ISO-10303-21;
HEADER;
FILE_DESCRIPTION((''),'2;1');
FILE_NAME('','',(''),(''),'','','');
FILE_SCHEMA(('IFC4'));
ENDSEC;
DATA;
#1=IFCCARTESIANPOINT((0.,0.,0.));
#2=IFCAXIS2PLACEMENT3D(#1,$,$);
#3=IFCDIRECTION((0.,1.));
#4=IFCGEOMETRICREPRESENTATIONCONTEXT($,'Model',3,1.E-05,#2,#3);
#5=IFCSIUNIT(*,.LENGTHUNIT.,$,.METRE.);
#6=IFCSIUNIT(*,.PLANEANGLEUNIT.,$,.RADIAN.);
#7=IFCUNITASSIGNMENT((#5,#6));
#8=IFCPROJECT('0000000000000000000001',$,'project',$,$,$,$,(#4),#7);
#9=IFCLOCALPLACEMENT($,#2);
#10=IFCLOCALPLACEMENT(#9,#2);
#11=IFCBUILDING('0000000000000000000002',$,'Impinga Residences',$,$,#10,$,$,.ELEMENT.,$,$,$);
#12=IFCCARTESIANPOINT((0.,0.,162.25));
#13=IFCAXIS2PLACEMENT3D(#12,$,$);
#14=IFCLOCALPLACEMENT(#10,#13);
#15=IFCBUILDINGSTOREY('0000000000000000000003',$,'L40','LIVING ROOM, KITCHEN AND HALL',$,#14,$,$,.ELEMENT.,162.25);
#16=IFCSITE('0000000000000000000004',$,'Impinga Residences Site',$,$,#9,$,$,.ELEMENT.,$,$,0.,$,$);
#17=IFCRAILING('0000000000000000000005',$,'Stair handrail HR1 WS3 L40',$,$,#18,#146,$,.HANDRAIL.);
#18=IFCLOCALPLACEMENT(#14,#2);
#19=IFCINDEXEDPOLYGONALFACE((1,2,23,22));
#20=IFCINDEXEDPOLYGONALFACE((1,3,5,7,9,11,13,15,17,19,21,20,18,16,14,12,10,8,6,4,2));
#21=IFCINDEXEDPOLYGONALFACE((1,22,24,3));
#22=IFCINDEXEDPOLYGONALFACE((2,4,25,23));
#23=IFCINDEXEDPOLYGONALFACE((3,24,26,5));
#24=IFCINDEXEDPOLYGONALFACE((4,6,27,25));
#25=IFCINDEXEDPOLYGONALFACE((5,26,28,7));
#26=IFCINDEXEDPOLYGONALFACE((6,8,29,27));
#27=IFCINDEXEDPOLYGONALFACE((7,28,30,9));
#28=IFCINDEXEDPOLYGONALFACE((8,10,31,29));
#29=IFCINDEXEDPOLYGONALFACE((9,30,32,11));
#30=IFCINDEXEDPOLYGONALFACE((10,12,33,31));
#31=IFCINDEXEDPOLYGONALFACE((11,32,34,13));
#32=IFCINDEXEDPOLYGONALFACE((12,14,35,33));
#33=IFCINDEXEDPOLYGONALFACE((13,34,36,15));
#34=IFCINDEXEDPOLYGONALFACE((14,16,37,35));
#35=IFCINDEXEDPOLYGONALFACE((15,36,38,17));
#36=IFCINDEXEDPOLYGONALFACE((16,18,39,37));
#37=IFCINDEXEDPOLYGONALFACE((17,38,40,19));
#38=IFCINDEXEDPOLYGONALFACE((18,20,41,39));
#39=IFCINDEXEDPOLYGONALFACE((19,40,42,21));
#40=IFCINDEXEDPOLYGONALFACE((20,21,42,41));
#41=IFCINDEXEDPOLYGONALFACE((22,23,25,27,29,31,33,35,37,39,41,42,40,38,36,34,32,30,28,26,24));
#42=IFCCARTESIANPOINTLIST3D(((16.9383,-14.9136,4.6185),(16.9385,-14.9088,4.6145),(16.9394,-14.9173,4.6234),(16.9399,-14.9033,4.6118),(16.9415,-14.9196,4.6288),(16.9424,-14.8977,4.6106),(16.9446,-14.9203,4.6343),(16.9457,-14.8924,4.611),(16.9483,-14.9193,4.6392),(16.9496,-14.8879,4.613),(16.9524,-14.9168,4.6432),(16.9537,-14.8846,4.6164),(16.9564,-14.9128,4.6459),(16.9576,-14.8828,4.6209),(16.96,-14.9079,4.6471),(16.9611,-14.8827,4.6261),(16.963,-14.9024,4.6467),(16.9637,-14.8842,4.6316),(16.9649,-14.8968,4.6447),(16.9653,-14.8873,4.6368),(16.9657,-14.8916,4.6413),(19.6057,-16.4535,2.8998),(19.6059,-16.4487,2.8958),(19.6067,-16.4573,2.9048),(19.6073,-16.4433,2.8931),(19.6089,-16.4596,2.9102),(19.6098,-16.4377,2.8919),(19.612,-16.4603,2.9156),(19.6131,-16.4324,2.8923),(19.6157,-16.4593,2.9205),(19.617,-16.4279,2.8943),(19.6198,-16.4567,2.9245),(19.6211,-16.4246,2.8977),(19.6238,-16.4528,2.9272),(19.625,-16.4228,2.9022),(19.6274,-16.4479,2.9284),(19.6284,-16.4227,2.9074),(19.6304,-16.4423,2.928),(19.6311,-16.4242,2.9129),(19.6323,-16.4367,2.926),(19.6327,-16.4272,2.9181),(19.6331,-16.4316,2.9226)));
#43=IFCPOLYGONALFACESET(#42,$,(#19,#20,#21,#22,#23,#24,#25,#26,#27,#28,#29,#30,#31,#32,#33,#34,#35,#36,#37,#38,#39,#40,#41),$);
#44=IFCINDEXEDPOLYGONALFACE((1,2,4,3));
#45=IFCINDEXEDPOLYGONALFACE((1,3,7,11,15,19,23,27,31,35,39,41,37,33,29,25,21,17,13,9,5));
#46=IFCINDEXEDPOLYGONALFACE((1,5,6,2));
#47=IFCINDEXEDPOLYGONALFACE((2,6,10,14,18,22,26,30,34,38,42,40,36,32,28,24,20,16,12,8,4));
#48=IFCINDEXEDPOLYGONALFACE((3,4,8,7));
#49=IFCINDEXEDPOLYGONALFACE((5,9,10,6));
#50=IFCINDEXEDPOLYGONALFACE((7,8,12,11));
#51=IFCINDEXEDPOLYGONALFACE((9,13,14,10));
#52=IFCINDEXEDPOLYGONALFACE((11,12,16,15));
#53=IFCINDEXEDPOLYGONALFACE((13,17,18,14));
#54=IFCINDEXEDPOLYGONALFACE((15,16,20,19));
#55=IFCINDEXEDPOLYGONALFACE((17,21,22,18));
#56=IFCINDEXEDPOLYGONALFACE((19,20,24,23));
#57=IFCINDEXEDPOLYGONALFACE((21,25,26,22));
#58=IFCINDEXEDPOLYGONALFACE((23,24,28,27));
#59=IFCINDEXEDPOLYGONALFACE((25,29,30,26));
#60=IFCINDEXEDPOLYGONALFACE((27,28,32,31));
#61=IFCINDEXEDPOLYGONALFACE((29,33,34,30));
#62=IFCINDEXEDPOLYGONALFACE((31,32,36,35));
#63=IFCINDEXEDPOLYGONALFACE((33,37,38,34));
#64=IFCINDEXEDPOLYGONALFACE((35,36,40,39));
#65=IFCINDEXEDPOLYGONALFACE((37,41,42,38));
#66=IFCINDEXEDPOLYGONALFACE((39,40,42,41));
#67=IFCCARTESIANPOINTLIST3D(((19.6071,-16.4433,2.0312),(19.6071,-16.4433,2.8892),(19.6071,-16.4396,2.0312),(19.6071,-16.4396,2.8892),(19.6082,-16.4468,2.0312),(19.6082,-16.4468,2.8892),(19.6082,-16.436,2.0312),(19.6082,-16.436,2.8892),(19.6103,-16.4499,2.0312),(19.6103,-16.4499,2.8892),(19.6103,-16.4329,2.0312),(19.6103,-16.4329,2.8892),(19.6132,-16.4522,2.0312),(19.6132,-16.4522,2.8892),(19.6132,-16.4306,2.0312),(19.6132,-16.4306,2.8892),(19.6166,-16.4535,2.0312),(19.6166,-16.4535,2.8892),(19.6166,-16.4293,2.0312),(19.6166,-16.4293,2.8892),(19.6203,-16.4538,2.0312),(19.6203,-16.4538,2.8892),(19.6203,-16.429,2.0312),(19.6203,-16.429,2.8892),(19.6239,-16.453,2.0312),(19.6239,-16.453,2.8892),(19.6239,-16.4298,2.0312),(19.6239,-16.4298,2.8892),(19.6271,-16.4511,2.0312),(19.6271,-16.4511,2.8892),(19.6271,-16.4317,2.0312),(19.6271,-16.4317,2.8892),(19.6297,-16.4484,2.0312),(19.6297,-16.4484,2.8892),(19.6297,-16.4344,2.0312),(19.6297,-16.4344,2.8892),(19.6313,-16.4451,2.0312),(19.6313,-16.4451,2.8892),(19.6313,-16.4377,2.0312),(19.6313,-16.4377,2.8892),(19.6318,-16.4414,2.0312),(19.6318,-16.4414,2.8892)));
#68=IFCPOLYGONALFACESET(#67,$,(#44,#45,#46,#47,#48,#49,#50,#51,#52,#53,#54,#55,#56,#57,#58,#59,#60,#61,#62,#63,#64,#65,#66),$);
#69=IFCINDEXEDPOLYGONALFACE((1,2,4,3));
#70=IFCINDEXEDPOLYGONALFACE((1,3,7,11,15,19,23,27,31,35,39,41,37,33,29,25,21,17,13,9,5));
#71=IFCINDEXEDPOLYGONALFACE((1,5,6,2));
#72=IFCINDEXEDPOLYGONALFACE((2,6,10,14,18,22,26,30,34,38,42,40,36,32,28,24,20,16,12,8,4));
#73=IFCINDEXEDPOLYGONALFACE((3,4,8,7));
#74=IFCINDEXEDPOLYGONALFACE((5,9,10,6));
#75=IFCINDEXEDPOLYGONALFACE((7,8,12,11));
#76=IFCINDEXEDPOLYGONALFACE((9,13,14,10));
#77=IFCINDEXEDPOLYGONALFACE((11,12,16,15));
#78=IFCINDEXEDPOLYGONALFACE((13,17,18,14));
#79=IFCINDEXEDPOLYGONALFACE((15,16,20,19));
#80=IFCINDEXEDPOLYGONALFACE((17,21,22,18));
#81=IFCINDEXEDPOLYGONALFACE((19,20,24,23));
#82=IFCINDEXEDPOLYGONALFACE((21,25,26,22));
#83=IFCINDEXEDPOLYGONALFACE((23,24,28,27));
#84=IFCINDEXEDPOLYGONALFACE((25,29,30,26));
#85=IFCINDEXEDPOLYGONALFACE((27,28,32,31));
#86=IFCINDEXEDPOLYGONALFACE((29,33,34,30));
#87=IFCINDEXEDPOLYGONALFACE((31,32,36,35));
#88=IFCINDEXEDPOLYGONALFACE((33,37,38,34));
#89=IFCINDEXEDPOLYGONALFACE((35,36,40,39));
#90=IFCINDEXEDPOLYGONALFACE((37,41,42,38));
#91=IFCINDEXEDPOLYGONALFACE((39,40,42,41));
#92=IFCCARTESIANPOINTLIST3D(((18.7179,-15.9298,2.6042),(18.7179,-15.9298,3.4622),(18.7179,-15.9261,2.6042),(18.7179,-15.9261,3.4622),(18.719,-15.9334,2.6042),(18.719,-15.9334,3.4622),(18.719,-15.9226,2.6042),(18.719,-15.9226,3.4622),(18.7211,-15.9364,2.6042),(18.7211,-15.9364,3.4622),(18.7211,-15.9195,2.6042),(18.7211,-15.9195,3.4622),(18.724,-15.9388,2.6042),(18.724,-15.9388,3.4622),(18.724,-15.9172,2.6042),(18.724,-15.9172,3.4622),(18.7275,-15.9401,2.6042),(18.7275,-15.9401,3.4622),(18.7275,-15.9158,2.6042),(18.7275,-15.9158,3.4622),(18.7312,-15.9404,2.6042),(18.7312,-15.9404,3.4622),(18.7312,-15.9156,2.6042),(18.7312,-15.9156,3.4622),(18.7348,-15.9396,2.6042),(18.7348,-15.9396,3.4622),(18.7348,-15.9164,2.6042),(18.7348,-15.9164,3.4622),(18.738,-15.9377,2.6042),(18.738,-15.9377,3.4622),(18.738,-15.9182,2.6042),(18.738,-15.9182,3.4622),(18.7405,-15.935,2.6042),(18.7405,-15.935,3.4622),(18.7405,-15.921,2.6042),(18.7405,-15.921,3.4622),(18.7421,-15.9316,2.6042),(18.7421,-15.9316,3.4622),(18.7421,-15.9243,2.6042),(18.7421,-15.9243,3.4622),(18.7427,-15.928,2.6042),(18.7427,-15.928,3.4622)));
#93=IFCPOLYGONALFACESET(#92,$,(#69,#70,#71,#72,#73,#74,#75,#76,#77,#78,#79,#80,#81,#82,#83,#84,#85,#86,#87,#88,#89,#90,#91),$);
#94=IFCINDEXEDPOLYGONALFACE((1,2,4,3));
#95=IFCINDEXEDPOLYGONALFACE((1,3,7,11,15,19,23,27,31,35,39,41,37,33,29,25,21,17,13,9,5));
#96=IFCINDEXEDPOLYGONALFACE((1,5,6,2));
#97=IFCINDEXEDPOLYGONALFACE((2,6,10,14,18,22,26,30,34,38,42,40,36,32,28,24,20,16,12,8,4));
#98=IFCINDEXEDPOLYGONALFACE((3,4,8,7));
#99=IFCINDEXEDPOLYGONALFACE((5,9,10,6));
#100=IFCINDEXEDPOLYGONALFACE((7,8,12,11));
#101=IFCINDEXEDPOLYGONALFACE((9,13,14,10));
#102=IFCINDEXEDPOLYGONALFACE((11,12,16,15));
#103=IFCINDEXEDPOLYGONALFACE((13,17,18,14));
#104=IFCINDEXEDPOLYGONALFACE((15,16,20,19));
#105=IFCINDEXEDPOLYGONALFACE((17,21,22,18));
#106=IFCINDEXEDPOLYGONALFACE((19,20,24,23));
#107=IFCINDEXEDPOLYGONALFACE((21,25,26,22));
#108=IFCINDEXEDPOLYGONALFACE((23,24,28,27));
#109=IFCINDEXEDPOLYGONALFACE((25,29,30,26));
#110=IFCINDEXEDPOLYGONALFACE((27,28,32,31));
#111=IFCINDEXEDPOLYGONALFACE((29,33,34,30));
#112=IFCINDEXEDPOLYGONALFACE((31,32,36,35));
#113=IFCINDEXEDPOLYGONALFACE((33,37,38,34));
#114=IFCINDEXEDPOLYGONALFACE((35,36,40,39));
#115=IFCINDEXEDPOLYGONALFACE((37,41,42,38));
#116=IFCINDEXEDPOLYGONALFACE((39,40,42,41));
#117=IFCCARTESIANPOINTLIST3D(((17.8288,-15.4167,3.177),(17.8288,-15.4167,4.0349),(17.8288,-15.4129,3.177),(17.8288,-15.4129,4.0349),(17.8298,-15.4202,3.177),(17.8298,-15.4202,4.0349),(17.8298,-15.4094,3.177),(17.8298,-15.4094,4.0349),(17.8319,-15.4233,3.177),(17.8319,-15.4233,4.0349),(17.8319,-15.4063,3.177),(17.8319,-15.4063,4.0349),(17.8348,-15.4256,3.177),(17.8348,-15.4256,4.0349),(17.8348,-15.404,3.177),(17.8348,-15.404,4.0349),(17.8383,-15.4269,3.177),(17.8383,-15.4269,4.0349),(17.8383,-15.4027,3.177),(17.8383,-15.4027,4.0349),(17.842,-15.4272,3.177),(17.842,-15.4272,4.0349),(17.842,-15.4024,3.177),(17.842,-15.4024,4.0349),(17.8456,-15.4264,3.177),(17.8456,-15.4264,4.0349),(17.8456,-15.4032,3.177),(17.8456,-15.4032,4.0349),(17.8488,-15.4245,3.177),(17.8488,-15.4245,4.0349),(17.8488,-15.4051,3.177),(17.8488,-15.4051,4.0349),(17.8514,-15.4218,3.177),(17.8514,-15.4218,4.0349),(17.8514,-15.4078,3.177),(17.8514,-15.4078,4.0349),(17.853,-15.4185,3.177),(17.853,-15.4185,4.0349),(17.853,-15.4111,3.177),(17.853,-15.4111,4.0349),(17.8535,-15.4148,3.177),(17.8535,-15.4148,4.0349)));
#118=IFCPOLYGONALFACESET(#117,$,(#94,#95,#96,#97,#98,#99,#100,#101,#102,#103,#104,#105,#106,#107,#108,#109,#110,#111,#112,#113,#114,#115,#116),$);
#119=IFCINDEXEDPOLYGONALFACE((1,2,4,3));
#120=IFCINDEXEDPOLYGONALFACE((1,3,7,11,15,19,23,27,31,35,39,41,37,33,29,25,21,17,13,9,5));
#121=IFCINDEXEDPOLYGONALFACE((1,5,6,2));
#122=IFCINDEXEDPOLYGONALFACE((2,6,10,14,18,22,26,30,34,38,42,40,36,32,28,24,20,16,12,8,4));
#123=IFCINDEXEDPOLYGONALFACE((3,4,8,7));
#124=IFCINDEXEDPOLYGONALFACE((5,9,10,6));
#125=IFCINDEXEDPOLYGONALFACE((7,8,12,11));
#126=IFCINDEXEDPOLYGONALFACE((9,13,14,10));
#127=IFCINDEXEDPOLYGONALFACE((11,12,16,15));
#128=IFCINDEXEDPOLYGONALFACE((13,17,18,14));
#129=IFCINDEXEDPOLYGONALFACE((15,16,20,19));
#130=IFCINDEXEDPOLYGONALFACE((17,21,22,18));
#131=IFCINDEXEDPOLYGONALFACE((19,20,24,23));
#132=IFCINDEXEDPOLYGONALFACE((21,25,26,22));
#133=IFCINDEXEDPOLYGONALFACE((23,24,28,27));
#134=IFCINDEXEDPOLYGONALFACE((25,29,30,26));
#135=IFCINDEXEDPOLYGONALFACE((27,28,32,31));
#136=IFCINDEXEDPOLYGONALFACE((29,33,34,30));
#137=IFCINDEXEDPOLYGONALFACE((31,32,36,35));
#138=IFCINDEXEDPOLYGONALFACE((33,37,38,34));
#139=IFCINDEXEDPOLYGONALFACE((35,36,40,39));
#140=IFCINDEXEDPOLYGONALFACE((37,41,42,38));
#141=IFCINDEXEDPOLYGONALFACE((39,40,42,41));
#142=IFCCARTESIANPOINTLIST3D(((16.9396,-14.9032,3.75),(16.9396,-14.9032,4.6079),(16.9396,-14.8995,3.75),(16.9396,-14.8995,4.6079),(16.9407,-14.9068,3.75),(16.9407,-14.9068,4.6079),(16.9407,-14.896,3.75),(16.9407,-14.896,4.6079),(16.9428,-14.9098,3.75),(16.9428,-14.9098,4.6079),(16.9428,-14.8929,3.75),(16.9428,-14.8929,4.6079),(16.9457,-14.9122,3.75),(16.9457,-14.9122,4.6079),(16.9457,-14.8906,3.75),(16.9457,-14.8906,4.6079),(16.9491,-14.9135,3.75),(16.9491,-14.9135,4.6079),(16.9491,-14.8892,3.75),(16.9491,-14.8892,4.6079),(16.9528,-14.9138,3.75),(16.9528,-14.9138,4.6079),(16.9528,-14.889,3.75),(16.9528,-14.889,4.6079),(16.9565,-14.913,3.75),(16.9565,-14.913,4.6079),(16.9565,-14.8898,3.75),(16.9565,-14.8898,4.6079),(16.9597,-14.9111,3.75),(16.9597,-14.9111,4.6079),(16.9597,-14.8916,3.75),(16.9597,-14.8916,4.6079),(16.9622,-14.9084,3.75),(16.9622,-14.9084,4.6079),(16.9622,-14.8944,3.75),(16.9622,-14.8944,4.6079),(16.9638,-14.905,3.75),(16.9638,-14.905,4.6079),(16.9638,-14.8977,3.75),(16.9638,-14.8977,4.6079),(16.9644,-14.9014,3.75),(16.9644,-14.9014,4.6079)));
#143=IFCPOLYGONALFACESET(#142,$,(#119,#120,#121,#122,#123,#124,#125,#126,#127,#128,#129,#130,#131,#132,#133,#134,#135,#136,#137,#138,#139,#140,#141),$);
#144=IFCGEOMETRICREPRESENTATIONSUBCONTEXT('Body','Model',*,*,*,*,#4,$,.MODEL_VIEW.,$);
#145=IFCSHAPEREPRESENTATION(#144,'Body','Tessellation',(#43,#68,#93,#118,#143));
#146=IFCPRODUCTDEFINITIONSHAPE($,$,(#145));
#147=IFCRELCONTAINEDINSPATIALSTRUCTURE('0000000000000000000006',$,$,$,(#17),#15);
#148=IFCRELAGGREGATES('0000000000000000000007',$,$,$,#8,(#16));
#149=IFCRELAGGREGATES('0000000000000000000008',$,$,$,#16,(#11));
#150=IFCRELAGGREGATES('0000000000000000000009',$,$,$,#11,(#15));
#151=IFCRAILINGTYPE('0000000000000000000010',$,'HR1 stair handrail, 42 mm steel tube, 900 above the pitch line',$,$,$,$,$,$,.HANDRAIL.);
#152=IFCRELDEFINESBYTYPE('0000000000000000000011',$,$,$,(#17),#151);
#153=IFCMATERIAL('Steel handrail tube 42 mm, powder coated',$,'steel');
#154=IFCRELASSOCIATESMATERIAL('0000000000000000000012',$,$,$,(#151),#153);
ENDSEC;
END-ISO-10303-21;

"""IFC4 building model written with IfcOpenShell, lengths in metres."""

from ifc_helpers import new_model, si_unit, direction, frame, origin, origin_2d, place, context, subcontext, project, spatial, circle, extrude, material, type_object, element, save


model = new_model("IFC4")

# Units and contexts
model_context = context("Model", 3, precision=1e-05, world=origin(), true_north=direction((0.0, 1.0)))
body_context = subcontext(model_context, "Body", "Model", "MODEL_VIEW")
ifc_project = project(units=[si_unit("LENGTHUNIT", "METRE"), si_unit("PLANEANGLEUNIT", "RADIAN")], contexts=[model_context])

# Site, building, storey
site_placement = place(None, origin())
site = spatial("IfcSite", under=ifc_project, at=site_placement, Name="Impinga Residences Site", CompositionType="ELEMENT", RefElevation=0.0)
building_placement = place(site_placement, origin())
building = spatial("IfcBuilding", under=site, at=building_placement, Name="Impinga Residences", CompositionType="ELEMENT")
storey_placement = place(building_placement, frame((0.0, 0.0, 162.25)))
storey = spatial("IfcBuildingStorey", under=building, at=storey_placement, Name="L40", Description="LIVING ROOM, KITCHEN AND HALL", CompositionType="ELEMENT", Elevation=162.25)

# Railing
ifc_material_1 = material(Name="Steel handrail tube 42 mm, powder coated", Category="steel")
railing_type_1 = type_object("IfcRailingType", Name="HR1 stair handrail, 42 mm steel tube, 900 above the pitch line", PredefinedType="HANDRAIL", material=ifc_material_1)
railing_1_placement = place(storey_placement, frame((19.6194, -16.4414, 2.0312)))
element("IfcRailing", 1, at=railing_1_placement, inside=storey, type_object=railing_type_1, Name="Stair handrail HR1 WS3 L40", PredefinedType="HANDRAIL", context=body_context, shape_type="SweptSolid", body=[
    extrude(circle(Radius=0.021, at=origin_2d()), frame((0.0, 0.0, 0.8789), z_axis=(-0.756256, 0.436616, 0.487282), x_axis=(-0.499992, -0.86603, 0.0)), (0.0, 0.0, 1.0), 3.5271),
    extrude(circle(Radius=0.0125, at=origin_2d()), origin(), (0.0, 0.0, 1.0), 0.8579),
    extrude(circle(Radius=0.0125, at=origin_2d()), frame((-0.8892, 0.5134, 0.573)), (0.0, 0.0, 1.0), 0.8579),
    extrude(circle(Radius=0.0125, at=origin_2d()), frame((-1.7783, 1.0266, 1.1458)), (0.0, 0.0, 1.0), 0.8579),
    extrude(circle(Radius=0.0125, at=origin_2d()), frame((-2.6675, 1.54, 1.7188)), (0.0, 0.0, 1.0), 0.8579),
])

save(model, "model.ifc")
